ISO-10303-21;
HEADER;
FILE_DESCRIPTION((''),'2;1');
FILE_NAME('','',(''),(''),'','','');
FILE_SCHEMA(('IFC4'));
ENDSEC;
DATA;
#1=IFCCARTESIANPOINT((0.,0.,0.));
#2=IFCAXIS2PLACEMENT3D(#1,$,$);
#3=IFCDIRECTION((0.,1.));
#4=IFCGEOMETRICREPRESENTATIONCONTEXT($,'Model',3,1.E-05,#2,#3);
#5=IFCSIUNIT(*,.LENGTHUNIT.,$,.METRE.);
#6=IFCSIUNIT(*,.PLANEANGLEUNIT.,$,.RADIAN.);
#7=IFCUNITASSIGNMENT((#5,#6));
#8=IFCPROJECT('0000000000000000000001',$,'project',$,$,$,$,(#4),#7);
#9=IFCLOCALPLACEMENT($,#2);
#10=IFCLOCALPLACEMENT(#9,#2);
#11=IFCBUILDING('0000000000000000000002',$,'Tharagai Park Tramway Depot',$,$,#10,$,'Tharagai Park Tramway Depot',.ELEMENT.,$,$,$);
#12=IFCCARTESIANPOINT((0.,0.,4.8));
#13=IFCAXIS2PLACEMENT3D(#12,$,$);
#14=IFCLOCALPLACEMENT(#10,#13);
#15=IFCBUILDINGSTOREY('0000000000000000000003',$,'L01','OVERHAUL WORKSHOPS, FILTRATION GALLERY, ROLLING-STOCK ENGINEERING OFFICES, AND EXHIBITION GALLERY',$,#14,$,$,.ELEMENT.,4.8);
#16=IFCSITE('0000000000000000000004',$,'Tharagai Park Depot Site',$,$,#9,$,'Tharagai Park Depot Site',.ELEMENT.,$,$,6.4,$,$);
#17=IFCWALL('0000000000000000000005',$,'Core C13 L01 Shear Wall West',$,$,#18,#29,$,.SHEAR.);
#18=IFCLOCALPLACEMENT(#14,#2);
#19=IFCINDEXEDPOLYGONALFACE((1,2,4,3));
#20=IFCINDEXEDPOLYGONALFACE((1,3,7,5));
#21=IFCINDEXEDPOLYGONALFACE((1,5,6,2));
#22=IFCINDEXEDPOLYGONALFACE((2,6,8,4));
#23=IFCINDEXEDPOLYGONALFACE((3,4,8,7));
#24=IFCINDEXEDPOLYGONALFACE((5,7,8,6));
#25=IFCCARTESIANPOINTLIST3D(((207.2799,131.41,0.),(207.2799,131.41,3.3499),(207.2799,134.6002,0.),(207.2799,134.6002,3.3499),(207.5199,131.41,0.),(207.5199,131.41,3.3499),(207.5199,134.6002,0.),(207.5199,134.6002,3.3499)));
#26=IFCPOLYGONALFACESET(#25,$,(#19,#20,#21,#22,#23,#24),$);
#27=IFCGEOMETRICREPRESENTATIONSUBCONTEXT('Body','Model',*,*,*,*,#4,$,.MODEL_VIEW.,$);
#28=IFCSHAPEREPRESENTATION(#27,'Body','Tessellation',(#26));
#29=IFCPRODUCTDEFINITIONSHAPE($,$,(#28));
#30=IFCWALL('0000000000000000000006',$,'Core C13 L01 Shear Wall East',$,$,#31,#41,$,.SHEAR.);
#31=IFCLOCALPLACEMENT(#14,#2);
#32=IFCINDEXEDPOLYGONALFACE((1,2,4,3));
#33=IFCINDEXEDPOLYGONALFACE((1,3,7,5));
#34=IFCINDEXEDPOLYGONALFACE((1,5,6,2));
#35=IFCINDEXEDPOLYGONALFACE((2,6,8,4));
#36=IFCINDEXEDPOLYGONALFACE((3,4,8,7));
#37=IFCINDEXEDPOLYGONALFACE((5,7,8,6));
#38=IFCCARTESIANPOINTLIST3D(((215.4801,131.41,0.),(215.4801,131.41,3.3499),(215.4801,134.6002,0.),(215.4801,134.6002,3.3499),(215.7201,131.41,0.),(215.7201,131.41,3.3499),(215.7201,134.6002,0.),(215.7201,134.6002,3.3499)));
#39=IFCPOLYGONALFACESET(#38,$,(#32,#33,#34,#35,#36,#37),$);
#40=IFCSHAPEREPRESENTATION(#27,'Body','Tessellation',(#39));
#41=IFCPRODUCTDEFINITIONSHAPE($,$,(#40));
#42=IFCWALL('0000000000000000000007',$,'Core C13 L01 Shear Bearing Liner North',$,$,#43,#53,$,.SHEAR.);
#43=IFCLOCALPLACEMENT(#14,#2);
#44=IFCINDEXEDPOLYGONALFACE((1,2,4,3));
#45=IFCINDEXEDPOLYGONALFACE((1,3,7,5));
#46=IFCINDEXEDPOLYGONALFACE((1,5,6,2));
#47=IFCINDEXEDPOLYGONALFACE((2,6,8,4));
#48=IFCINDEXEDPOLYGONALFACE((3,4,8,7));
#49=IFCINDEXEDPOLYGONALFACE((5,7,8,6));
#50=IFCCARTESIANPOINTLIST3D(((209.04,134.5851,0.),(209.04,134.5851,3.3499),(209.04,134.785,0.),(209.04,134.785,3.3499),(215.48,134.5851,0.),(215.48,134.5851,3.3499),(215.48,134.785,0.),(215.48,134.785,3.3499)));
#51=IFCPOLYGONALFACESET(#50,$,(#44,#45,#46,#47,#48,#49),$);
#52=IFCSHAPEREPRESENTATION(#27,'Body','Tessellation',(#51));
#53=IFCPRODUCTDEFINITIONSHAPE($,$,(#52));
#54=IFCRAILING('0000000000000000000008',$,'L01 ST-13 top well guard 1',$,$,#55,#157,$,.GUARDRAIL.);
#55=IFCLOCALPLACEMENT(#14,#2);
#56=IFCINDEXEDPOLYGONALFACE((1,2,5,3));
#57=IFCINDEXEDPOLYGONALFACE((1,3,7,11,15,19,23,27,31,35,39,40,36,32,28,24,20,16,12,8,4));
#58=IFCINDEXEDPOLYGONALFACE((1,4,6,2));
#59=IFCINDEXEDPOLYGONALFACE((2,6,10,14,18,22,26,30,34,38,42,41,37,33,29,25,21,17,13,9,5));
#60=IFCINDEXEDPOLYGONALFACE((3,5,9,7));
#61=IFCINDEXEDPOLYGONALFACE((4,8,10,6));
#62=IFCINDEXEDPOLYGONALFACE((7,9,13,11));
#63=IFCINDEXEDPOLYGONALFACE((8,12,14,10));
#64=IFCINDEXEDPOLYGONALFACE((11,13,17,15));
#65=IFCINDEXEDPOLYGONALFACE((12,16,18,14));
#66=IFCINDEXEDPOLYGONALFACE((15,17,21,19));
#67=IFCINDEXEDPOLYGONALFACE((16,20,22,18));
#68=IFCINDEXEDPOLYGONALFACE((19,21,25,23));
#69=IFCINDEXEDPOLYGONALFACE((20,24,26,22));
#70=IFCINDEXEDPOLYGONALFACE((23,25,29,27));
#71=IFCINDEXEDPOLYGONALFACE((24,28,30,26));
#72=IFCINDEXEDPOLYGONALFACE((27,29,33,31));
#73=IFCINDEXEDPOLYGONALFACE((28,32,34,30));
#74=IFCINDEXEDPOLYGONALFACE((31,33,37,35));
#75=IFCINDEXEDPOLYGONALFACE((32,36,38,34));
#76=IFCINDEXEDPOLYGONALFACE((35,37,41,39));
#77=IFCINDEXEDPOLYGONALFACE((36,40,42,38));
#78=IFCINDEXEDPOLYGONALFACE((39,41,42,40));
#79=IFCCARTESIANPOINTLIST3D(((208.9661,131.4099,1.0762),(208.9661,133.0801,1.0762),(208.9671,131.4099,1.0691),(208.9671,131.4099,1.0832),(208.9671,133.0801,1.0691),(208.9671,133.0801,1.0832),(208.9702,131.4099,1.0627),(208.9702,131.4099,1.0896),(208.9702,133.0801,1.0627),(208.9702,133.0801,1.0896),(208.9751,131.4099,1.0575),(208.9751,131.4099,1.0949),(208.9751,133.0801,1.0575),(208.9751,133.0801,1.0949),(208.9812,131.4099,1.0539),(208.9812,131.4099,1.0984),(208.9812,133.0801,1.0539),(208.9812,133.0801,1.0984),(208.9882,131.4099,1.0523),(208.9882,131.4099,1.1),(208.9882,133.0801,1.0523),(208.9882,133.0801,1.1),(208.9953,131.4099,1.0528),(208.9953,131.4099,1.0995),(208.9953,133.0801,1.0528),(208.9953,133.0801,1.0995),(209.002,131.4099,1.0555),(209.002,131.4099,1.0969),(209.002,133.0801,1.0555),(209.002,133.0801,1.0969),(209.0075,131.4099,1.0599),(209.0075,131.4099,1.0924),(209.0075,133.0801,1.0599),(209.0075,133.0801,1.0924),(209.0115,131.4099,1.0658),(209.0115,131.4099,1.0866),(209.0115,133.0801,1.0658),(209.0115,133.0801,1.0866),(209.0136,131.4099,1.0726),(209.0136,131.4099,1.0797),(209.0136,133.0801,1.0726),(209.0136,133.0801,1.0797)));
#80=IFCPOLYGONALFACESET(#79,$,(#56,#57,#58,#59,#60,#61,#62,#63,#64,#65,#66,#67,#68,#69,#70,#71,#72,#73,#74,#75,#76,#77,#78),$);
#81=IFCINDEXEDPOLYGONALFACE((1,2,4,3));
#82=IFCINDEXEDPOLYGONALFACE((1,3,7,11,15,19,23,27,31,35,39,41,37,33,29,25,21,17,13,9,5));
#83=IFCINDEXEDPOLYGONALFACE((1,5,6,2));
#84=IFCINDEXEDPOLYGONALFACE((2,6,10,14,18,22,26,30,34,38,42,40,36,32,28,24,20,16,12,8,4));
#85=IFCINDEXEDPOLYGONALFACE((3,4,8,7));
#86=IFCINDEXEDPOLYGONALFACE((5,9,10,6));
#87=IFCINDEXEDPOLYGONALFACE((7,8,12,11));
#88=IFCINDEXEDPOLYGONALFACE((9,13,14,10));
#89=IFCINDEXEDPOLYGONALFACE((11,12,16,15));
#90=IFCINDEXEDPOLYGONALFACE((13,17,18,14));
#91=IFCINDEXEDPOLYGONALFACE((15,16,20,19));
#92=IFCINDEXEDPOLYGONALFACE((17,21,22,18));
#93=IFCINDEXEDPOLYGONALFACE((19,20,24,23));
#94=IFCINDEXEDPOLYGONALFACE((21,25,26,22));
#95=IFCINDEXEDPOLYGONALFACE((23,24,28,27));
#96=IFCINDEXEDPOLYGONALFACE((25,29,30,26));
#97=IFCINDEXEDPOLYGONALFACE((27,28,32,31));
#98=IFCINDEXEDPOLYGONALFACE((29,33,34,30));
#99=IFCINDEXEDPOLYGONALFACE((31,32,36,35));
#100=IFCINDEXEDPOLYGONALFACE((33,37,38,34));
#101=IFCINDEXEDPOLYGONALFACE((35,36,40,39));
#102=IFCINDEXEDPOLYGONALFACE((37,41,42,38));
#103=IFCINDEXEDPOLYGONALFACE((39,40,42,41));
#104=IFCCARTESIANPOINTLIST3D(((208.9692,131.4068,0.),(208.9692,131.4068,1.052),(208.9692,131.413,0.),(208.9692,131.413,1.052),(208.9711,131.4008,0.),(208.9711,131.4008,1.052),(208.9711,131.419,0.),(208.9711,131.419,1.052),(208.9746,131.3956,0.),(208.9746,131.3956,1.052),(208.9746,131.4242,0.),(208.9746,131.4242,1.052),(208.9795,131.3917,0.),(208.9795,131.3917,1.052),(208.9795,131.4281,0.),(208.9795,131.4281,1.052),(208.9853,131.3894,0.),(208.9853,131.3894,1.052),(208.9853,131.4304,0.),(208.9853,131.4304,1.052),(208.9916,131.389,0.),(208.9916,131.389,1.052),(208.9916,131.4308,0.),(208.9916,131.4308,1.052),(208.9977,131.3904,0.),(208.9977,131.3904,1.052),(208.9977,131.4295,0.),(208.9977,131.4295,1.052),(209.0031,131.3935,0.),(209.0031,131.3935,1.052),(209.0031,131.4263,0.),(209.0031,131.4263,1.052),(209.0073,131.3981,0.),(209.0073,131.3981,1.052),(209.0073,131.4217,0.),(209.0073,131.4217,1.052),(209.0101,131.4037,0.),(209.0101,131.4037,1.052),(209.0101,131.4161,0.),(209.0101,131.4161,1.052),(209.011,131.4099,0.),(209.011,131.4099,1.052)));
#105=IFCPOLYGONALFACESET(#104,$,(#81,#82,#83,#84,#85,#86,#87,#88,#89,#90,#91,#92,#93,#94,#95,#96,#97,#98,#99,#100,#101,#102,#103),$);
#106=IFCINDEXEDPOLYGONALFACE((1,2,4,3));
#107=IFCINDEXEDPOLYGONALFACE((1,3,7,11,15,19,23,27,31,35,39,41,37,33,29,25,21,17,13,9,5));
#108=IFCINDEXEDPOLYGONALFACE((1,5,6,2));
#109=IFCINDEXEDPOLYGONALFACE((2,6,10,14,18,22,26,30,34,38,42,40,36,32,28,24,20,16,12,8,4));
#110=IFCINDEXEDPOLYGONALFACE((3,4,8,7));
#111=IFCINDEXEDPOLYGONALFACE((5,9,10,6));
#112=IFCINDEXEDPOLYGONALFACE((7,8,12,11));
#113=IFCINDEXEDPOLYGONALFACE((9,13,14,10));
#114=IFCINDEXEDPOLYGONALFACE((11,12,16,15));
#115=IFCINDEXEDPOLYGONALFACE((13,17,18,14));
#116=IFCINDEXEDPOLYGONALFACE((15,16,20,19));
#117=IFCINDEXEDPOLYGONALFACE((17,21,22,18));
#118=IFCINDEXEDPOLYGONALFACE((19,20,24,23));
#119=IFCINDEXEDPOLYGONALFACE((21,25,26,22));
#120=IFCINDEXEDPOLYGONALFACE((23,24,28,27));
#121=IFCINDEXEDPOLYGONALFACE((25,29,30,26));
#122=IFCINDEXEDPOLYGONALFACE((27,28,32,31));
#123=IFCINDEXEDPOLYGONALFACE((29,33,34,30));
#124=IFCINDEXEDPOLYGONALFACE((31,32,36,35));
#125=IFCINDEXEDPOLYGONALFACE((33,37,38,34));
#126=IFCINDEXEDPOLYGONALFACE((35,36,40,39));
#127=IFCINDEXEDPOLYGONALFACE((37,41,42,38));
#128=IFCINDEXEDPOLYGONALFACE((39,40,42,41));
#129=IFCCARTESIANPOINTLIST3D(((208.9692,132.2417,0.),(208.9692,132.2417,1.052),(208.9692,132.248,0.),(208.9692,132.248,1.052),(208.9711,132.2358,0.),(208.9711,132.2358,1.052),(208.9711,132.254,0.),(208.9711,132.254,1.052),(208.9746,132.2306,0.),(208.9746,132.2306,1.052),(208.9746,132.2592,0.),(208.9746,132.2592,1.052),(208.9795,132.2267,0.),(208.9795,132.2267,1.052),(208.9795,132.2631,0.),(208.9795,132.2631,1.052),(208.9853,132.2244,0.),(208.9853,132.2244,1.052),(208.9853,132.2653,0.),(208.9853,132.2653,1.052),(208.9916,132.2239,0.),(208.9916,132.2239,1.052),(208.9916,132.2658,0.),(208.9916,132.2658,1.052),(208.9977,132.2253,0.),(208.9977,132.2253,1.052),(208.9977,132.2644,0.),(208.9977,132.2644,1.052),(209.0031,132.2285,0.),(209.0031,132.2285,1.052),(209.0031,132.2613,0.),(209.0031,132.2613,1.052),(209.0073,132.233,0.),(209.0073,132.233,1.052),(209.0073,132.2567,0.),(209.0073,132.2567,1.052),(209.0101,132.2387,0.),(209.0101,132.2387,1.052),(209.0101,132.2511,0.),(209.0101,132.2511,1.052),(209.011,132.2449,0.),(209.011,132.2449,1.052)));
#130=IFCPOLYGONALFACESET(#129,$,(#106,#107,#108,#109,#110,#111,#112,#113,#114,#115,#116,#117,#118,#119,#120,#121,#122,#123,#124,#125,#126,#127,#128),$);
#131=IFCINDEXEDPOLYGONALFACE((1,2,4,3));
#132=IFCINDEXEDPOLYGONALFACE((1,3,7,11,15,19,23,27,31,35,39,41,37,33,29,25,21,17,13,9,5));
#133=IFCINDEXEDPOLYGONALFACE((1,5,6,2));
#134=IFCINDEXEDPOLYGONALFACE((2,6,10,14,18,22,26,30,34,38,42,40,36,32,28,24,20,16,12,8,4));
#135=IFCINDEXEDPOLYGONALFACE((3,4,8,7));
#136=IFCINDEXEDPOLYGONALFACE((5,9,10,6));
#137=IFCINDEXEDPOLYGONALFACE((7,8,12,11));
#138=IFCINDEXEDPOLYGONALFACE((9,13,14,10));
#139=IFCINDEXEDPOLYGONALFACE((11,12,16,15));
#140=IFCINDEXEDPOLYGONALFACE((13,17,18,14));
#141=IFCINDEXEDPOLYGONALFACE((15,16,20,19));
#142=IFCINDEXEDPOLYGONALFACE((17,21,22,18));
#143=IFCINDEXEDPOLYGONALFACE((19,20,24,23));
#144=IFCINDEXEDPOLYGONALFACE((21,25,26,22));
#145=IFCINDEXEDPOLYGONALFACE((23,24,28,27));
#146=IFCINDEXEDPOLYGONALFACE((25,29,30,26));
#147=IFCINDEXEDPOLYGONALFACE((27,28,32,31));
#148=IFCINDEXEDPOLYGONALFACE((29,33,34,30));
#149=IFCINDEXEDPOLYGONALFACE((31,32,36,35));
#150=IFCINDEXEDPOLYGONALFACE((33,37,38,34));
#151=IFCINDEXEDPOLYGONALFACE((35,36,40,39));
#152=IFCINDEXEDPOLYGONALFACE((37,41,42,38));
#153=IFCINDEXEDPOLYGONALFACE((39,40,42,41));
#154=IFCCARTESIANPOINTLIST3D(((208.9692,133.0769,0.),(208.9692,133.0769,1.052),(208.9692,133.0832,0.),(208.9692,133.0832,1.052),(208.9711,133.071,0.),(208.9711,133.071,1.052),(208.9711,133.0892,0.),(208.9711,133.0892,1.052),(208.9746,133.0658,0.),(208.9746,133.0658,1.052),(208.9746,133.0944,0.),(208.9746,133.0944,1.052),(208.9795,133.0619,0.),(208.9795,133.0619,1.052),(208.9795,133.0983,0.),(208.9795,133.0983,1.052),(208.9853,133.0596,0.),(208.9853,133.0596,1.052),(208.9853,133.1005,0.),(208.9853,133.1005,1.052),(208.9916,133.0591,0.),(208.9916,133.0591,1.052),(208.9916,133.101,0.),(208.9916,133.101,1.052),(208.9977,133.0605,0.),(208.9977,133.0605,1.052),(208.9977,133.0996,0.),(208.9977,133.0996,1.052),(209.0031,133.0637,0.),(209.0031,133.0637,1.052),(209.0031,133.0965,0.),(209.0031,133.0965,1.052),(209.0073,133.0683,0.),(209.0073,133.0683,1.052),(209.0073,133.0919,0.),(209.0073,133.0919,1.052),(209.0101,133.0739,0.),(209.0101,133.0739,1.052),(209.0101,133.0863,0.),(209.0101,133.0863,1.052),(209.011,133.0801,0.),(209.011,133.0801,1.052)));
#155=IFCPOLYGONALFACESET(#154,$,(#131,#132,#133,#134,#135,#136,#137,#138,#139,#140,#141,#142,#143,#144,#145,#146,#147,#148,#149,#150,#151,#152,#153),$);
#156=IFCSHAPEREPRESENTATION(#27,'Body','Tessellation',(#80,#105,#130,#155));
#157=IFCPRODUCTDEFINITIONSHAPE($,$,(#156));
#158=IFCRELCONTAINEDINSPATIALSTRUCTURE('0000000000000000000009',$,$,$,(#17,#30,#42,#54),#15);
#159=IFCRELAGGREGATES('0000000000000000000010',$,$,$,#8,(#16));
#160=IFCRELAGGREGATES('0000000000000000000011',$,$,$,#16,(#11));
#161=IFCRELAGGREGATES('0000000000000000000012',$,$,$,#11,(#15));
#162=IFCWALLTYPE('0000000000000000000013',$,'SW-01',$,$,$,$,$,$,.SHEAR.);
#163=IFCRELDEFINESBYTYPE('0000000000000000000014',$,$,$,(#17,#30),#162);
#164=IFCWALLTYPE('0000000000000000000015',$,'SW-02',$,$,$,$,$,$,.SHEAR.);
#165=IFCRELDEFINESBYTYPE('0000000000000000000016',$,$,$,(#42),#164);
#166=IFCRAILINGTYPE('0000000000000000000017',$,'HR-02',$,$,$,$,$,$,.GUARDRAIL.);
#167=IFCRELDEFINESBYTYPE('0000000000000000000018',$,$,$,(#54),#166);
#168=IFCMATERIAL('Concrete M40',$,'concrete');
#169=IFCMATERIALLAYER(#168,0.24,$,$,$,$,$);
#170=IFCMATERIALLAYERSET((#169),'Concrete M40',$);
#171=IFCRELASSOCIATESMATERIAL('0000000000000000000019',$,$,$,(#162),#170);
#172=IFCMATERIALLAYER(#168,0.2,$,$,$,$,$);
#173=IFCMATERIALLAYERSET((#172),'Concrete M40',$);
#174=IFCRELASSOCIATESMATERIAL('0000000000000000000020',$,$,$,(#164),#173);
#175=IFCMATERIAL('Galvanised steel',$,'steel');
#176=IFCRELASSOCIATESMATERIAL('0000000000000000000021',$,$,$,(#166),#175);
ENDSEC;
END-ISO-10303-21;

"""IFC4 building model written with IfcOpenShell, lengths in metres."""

from ifc_helpers import new_model, si_unit, direction, frame, frame_2d, origin, origin_2d, place, context, subcontext, project, spatial, rectangle, circle, extrude, material, layer, layer_set, type_object, element, save


model = new_model("IFC4")

# Units and contexts
model_context = context("Model", 3, precision=1e-05, world=origin(), true_north=direction((0.0, 1.0)))
body_context = subcontext(model_context, "Body", "Model", "MODEL_VIEW")
ifc_project = project(units=[si_unit("LENGTHUNIT", "METRE"), si_unit("PLANEANGLEUNIT", "RADIAN")], contexts=[model_context])

# Site, building, storey
site_placement = place(None, origin())
site = spatial("IfcSite", under=ifc_project, at=site_placement, Name="Tharagai Park Depot Site", LongName="Tharagai Park Depot Site", CompositionType="ELEMENT", RefElevation=6.4)
building_placement = place(site_placement, origin())
building = spatial("IfcBuilding", under=site, at=building_placement, Name="Tharagai Park Tramway Depot", LongName="Tharagai Park Tramway Depot", CompositionType="ELEMENT")
storey_placement = place(building_placement, frame((0.0, 0.0, 4.8)))
storey = spatial("IfcBuildingStorey", under=building, at=storey_placement, Name="L01", Description="OVERHAUL WORKSHOPS, FILTRATION GALLERY, ROLLING-STOCK ENGINEERING OFFICES, AND EXHIBITION GALLERY", CompositionType="ELEMENT", Elevation=4.8)

# Shared definitions
ifc_material_1 = material(Name="Concrete M40", Category="concrete")

# Shared definitions
ifc_layer_1 = layer(ifc_material_1, 0.24)
ifc_layer_set_1 = layer_set([ifc_layer_1], Name="Concrete M40")
wall_type_1 = type_object("IfcWallType", Name="SW-01", PredefinedType="SHEAR", material=ifc_layer_set_1)
ifc_material_2 = material(Name="Galvanised steel", Category="steel")

# Walls
for number, where, z_axis, x_axis, name in (
    (1, (207.3999, 131.4099, 0.0), (0.0, 0.0, 1.0), (0.0, 1.0, 0.0), "Core C13 L01 Shear Wall West"),
    (2, (215.6001, 131.4099, 0.0), (0.0, 0.0, 1.0), (0.0, 1.0, 0.0), "Core C13 L01 Shear Wall East"),
):
    element("IfcWall", number, at=place(storey_placement, frame(where, z_axis=z_axis, x_axis=x_axis)), inside=storey, type_object=wall_type_1, Name=name, PredefinedType="SHEAR", context=body_context, shape_type="SweptSolid", body=[
        extrude(rectangle(XDim=3.1902, YDim=0.24, at=frame_2d((1.5952, 0.0))), origin(), (0.0, 0.0, 1.0), 3.3499),
    ])
ifc_layer_2 = layer(ifc_material_1, 0.2)
ifc_layer_set_2 = layer_set([ifc_layer_2], Name="Concrete M40")
wall_type_2 = type_object("IfcWallType", Name="SW-02", PredefinedType="SHEAR", material=ifc_layer_set_2)
wall_1_placement = place(storey_placement, frame((209.04, 134.6851, 0.0), z_axis=(0.0, 0.0, 1.0), x_axis=(1.0, 0.0, 0.0)))
element("IfcWall", 3, at=wall_1_placement, inside=storey, type_object=wall_type_2, Name="Core C13 L01 Shear Bearing Liner North", PredefinedType="SHEAR", context=body_context, shape_type="SweptSolid", body=[
    extrude(rectangle(XDim=6.4399, YDim=0.2, at=frame_2d((3.22, 0.0))), origin(), (0.0, 0.0, 1.0), 3.3499),
])

# Railing
railing_type = type_object("IfcRailingType", Name="HR-02", PredefinedType="GUARDRAIL", material=ifc_material_2)
railing_placement = place(storey_placement, frame((208.99, 131.4099, 0.0)))
element("IfcRailing", 4, at=railing_placement, inside=storey, type_object=railing_type, Name="L01 ST-13 top well guard 1", PredefinedType="GUARDRAIL", context=body_context, shape_type="SweptSolid", body=[
    extrude(circle(Radius=0.0239, at=origin_2d()), frame((0.0, 0.0, 1.0762), z_axis=(0.0, 1.0, 0.0), x_axis=(-1.0, 0.0, 0.0)), (0.0, 0.0, 1.0), 1.6702),
    extrude(circle(Radius=0.021, at=origin_2d()), origin(), (0.0, 0.0, 1.0), 1.052),
    extrude(circle(Radius=0.021, at=origin_2d()), frame((0.0, 0.835, 0.0)), (0.0, 0.0, 1.0), 1.052),
    extrude(circle(Radius=0.021, at=origin_2d()), frame((0.0, 1.6702, 0.0)), (0.0, 0.0, 1.0), 1.052),
])

save(model, "model.ifc")
